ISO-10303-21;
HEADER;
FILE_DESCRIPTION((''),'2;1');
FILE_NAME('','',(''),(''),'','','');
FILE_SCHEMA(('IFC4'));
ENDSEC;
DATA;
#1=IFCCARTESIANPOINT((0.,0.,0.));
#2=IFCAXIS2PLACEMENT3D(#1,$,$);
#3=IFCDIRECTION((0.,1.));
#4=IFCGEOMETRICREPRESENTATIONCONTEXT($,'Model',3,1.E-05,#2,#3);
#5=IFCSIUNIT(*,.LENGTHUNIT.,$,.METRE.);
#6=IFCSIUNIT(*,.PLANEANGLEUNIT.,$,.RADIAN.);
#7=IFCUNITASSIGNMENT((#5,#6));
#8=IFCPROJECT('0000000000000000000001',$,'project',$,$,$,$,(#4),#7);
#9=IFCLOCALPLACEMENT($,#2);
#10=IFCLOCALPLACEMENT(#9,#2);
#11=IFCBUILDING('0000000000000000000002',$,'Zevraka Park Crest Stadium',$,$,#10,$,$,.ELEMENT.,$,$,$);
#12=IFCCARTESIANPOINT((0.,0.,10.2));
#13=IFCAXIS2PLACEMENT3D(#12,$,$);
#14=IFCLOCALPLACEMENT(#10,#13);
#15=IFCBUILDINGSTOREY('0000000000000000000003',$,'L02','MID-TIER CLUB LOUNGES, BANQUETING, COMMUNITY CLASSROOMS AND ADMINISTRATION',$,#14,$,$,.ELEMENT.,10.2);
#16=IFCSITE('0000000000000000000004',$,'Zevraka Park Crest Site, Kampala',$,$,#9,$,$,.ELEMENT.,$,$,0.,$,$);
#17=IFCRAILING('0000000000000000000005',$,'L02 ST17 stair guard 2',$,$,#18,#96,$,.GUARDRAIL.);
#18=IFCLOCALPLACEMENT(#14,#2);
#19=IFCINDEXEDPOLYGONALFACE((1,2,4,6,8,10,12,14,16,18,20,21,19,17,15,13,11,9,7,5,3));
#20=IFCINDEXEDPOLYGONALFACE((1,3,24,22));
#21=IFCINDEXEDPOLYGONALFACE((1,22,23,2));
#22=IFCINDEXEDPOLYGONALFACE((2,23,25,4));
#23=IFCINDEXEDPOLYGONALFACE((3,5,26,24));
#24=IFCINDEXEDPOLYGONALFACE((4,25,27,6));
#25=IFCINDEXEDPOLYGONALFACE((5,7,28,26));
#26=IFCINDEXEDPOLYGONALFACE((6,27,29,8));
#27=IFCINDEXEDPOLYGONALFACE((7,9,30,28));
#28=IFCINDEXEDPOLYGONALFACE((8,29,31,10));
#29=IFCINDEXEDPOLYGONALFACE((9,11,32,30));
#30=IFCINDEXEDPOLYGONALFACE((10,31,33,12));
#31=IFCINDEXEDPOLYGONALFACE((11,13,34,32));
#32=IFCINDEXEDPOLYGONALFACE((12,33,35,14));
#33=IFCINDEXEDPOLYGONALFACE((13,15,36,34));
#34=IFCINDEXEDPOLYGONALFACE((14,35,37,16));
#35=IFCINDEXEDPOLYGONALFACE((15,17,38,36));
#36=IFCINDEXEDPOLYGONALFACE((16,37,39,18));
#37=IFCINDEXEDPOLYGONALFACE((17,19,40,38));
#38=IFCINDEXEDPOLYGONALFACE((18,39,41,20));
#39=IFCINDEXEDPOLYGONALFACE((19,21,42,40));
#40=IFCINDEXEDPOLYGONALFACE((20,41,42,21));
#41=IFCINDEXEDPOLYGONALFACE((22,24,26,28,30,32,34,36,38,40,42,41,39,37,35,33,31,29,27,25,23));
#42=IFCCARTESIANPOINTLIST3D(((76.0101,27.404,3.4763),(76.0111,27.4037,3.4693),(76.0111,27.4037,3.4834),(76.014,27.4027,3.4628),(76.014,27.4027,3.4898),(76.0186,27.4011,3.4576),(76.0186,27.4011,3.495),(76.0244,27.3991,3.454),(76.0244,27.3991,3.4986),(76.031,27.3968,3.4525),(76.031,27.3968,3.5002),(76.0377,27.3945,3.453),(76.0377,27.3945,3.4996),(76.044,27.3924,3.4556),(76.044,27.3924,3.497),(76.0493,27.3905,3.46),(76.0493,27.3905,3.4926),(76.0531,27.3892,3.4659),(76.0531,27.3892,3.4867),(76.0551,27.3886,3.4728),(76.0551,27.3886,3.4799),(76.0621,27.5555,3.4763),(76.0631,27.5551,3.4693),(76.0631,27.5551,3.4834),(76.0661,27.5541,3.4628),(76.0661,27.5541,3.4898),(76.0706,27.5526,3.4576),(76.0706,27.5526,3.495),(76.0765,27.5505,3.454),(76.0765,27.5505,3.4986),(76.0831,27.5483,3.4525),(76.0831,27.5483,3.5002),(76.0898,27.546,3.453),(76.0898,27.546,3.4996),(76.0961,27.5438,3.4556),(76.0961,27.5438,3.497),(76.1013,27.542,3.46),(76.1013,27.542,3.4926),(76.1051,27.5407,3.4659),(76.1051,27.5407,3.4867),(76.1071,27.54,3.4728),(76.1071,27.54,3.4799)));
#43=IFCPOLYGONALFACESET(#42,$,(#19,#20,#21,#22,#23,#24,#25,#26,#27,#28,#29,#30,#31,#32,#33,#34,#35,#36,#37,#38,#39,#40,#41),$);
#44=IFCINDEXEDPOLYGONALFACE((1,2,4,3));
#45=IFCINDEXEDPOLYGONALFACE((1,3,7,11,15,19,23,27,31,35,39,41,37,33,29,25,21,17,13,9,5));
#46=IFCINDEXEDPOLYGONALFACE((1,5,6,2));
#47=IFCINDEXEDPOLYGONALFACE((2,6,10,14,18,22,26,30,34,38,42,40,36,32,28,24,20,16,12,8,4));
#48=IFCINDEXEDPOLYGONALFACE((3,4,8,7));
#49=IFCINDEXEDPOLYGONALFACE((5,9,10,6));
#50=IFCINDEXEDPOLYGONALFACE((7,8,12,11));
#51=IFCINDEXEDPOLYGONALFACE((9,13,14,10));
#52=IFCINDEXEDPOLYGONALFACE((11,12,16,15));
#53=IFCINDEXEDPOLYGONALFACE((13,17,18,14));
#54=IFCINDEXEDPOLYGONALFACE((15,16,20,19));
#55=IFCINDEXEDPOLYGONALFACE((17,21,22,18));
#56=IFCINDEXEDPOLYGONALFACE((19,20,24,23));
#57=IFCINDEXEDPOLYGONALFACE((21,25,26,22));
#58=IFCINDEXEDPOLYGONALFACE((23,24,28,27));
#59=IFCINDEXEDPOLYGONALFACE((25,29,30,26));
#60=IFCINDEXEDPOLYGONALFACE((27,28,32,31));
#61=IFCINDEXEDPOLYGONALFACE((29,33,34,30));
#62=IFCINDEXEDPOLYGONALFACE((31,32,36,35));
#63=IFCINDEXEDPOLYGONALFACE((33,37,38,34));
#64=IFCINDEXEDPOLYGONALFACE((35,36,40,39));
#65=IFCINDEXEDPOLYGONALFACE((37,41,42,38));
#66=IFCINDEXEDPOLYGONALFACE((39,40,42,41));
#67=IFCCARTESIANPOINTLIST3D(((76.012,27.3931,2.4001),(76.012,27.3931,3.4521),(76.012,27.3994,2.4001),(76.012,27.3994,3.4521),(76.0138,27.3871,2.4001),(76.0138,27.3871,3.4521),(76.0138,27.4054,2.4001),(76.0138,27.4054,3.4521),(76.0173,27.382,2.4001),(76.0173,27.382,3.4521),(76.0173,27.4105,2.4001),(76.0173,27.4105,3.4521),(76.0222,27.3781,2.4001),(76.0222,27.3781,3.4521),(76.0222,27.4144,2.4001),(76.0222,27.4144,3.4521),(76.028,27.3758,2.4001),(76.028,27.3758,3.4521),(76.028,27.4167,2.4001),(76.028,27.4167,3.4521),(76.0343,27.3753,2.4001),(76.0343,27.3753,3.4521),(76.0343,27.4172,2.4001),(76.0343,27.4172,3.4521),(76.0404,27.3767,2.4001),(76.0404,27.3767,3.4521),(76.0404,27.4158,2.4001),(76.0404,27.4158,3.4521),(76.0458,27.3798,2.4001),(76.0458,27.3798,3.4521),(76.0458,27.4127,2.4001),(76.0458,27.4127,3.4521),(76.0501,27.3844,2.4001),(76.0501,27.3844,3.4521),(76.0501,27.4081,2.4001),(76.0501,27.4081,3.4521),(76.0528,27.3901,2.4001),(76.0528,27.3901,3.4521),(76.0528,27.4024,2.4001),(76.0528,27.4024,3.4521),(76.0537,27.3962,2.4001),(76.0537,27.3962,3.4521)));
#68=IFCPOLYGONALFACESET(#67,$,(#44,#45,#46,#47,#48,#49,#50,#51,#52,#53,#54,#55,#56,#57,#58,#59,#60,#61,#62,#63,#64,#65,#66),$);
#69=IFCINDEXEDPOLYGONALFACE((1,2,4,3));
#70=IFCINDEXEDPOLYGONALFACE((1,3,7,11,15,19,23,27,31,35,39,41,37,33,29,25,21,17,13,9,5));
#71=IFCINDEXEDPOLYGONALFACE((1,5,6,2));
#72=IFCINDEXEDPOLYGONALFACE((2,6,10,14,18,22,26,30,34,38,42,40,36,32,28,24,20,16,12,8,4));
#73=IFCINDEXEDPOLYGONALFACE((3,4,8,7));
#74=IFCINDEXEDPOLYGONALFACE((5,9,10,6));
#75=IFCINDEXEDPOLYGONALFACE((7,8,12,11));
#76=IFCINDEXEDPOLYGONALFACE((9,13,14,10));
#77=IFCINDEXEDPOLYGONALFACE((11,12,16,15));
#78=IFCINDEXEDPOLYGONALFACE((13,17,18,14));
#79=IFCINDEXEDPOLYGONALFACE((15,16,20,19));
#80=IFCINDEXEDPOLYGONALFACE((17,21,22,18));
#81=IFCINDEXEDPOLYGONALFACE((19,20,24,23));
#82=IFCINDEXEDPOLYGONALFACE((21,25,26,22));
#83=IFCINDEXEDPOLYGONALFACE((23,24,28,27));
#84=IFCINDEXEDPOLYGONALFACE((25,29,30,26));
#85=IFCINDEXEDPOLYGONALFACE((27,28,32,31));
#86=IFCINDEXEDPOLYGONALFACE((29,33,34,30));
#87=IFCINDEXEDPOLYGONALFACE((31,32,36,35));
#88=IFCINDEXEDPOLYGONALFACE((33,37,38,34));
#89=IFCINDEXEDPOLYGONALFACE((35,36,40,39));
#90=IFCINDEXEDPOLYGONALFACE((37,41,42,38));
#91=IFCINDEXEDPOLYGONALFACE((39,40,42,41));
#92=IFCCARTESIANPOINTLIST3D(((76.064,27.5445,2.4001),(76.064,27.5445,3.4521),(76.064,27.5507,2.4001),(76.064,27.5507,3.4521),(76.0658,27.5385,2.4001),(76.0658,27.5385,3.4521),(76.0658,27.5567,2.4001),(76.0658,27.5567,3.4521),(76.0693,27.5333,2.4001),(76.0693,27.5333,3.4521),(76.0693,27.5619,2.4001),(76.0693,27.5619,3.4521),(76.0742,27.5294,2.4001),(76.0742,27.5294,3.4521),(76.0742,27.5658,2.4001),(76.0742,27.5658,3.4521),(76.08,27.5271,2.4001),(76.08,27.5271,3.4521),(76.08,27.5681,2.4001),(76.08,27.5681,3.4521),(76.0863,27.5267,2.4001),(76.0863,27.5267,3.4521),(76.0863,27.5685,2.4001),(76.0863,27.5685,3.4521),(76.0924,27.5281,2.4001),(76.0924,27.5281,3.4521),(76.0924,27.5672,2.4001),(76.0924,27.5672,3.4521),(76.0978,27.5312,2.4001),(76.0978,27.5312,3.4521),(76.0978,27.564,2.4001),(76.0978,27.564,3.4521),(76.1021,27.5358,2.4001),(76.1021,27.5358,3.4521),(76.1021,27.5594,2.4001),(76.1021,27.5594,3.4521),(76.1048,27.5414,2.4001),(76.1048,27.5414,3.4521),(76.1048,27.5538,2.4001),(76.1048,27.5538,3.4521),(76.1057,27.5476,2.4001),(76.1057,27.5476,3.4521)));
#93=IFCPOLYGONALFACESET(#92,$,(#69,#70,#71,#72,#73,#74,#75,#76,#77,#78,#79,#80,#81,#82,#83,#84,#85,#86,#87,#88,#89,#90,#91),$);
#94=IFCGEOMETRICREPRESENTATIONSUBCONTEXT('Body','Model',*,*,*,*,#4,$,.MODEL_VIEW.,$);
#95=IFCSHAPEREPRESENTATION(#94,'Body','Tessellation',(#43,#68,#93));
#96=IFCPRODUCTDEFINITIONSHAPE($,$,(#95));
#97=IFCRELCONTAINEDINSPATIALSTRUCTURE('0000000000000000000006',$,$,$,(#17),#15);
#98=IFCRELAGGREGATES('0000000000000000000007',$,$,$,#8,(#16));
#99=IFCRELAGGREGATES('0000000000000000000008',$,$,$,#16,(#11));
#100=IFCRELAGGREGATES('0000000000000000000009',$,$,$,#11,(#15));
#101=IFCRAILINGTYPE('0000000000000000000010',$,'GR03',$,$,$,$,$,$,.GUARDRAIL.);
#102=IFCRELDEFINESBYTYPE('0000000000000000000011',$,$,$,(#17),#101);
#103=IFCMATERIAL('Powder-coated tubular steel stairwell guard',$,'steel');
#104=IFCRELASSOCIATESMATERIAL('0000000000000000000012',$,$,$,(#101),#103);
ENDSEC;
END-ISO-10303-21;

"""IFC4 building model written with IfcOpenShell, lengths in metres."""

from ifc_helpers import new_model, si_unit, direction, frame, origin, origin_2d, place, context, subcontext, project, spatial, circle, extrude, material, type_object, element, save


model = new_model("IFC4")

# Units and contexts
model_context = context("Model", 3, precision=1e-05, world=origin(), true_north=direction((0.0, 1.0)))
body_context = subcontext(model_context, "Body", "Model", "MODEL_VIEW")
ifc_project = project(units=[si_unit("LENGTHUNIT", "METRE"), si_unit("PLANEANGLEUNIT", "RADIAN")], contexts=[model_context])

# Site, building, storey
site_placement = place(None, origin())
site = spatial("IfcSite", under=ifc_project, at=site_placement, Name="Zevraka Park Crest Site, Kampala", CompositionType="ELEMENT", RefElevation=0.0)
building_placement = place(site_placement, origin())
building = spatial("IfcBuilding", under=site, at=building_placement, Name="Zevraka Park Crest Stadium", CompositionType="ELEMENT")
storey_placement = place(building_placement, frame((0.0, 0.0, 10.2)))
storey = spatial("IfcBuildingStorey", under=building, at=storey_placement, Name="L02", Description="MID-TIER CLUB LOUNGES, BANQUETING, COMMUNITY CLASSROOMS AND ADMINISTRATION", CompositionType="ELEMENT", Elevation=10.2)

# Railing
ifc_material_1 = material(Name="Powder-coated tubular steel stairwell guard", Category="steel")
railing_type_1 = type_object("IfcRailingType", Name="GR03", PredefinedType="GUARDRAIL", material=ifc_material_1)
railing_1_placement = place(storey_placement, frame((76.0327, 27.3962, 2.4001)))
element("IfcRailing", 1, at=railing_1_placement, inside=storey, type_object=railing_type_1, Name="L02 ST17 stair guard 2", PredefinedType="GUARDRAIL", context=body_context, shape_type="SweptSolid", body=[
    extrude(circle(Radius=0.0239, at=origin_2d()), frame((0.0, 0.0, 1.0762), z_axis=(0.324909, 0.945745, 0.0), x_axis=(-0.945745, 0.324909, 0.0)), (0.0, 0.0, 1.0), 0.1602),
    extrude(circle(Radius=0.021, at=origin_2d()), origin(), (0.0, 0.0, 1.0), 1.052),
    extrude(circle(Radius=0.021, at=origin_2d()), frame((0.052, 0.1514, 0.0)), (0.0, 0.0, 1.0), 1.052),
])

save(model, "model.ifc")
